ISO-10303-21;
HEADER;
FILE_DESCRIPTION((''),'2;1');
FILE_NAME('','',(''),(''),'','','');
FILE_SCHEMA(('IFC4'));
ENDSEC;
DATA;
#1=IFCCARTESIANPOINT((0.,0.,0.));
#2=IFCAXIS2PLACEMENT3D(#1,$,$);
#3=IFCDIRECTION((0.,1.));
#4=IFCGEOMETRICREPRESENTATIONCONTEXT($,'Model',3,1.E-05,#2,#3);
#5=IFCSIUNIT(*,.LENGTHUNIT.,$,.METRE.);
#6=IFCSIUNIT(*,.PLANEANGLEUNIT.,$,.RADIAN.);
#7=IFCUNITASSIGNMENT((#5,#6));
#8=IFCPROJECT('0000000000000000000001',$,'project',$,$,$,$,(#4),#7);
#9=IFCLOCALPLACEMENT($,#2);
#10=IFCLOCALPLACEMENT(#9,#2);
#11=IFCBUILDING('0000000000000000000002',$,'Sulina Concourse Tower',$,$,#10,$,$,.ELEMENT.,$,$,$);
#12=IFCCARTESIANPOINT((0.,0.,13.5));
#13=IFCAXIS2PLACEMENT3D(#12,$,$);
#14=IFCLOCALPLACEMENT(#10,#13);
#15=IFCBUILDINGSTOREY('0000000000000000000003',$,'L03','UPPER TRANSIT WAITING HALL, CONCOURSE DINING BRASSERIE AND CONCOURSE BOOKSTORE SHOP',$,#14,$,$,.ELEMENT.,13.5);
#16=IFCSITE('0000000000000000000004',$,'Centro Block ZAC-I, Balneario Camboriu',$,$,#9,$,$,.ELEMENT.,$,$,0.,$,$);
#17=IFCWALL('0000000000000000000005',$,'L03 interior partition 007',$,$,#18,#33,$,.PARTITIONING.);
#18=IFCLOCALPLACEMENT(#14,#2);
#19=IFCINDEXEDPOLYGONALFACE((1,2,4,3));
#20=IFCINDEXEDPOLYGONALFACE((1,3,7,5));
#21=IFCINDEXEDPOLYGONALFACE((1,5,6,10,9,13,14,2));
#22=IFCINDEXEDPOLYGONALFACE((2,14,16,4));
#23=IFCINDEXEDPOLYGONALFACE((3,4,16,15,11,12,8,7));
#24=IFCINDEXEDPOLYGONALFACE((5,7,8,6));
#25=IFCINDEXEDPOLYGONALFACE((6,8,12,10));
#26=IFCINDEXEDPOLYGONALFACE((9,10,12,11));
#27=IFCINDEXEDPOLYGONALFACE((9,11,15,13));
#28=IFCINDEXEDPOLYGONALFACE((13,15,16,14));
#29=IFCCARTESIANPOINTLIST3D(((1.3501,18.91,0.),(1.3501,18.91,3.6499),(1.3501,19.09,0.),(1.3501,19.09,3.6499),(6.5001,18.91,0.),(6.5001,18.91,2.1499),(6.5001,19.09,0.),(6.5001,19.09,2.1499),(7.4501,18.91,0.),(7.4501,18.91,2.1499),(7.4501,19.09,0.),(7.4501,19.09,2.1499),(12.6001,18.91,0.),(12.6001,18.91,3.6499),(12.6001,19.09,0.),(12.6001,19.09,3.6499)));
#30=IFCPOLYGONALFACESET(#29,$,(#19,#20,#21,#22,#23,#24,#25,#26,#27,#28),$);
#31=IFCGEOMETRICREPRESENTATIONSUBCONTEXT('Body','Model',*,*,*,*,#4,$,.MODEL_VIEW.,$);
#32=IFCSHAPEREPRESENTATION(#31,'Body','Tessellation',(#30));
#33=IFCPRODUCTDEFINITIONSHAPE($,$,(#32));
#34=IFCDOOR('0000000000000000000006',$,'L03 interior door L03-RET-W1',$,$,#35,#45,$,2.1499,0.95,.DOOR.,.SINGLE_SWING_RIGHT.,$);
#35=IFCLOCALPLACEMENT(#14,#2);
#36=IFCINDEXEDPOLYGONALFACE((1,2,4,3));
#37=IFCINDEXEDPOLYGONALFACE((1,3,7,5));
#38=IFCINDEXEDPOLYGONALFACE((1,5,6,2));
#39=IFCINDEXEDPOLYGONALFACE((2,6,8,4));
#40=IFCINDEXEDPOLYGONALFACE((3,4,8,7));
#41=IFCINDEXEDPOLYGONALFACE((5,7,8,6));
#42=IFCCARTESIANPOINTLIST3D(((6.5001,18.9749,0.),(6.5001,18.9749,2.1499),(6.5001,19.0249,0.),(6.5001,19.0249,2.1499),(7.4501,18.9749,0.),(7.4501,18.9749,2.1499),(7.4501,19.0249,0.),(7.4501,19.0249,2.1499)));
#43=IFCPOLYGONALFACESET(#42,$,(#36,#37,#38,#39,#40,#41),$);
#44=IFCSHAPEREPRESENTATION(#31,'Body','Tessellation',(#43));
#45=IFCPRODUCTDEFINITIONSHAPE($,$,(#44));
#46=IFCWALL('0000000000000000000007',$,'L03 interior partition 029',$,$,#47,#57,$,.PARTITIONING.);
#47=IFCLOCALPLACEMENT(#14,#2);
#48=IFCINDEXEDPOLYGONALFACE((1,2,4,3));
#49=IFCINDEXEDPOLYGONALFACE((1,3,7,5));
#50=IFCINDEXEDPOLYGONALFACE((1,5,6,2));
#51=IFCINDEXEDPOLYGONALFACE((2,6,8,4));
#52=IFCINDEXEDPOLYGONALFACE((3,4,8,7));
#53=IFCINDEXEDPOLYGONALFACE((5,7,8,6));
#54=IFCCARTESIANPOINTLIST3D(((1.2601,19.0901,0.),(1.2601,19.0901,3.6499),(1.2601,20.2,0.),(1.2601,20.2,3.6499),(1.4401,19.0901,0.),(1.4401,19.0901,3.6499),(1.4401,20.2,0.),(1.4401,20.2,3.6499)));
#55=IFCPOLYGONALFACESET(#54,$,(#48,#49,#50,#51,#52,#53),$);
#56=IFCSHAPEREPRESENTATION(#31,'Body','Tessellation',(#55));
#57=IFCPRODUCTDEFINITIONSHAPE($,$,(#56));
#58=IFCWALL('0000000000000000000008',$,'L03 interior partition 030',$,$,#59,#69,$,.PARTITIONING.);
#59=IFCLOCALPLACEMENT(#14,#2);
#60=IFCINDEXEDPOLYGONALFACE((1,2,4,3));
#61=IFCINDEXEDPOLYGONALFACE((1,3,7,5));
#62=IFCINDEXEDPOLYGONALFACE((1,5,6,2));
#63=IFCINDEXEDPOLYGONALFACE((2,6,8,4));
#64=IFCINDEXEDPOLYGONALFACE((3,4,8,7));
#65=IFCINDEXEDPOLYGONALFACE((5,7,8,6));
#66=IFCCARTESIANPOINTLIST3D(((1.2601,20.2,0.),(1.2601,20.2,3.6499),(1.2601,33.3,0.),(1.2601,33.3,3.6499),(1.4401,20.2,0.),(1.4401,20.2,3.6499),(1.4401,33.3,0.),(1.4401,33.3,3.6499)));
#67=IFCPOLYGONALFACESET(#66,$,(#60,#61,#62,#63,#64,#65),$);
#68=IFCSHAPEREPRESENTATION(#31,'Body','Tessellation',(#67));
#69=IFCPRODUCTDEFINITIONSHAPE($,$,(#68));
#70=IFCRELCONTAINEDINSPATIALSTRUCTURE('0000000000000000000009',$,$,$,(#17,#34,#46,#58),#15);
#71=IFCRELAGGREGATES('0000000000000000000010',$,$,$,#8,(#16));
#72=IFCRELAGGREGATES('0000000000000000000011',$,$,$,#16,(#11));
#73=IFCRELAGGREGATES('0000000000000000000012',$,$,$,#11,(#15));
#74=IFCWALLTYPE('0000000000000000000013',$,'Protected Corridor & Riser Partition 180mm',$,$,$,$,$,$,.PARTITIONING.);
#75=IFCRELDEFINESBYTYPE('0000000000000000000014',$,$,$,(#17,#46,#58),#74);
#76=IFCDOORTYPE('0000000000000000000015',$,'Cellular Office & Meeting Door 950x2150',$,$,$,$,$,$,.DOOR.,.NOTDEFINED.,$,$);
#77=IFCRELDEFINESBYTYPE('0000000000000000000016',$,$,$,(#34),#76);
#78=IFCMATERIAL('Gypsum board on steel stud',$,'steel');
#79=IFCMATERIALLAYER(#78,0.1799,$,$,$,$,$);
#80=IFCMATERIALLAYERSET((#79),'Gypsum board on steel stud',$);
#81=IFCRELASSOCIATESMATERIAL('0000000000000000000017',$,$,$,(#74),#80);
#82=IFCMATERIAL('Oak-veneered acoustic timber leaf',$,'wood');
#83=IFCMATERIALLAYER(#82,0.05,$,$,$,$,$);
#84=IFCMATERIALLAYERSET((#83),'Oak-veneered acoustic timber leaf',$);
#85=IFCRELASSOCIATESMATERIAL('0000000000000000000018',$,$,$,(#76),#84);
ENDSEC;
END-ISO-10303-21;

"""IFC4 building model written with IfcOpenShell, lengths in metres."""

from ifc_helpers import new_model, si_unit, direction, frame, frame_2d, origin, place, context, subcontext, project, spatial, rectangle, extrude, material, layer, layer_set, type_object, element, fill, save


model = new_model("IFC4")

# Units and contexts
model_context = context("Model", 3, precision=1e-05, world=origin(), true_north=direction((0.0, 1.0)))
body_context = subcontext(model_context, "Body", "Model", "MODEL_VIEW")
ifc_project = project(units=[si_unit("LENGTHUNIT", "METRE"), si_unit("PLANEANGLEUNIT", "RADIAN")], contexts=[model_context])

# Site, building, storey
site_placement = place(None, origin())
site = spatial("IfcSite", under=ifc_project, at=site_placement, Name="Centro Block ZAC-I, Balneario Camboriu", CompositionType="ELEMENT", RefElevation=0.0)
building_placement = place(site_placement, origin())
building = spatial("IfcBuilding", under=site, at=building_placement, Name="Sulina Concourse Tower", CompositionType="ELEMENT")
storey_placement = place(building_placement, frame((0.0, 0.0, 13.5)))
storey = spatial("IfcBuildingStorey", under=building, at=storey_placement, Name="L03", Description="UPPER TRANSIT WAITING HALL, CONCOURSE DINING BRASSERIE AND CONCOURSE BOOKSTORE SHOP", CompositionType="ELEMENT", Elevation=13.5)

# Wall, opening, door
ifc_material_1 = material(Name="Gypsum board on steel stud", Category="steel")
ifc_layer_1 = layer(ifc_material_1, 0.1799)
ifc_layer_set_1 = layer_set([ifc_layer_1], Name="Gypsum board on steel stud")
wall_type_1 = type_object("IfcWallType", Name="Protected Corridor & Riser Partition 180mm", PredefinedType="PARTITIONING", material=ifc_layer_set_1)
wall_1_placement = place(storey_placement, frame((1.3501, 19.0, 0.0), z_axis=(0.0, 0.0, 1.0), x_axis=(1.0, 0.0, 0.0)))
wall_1 = element("IfcWall", 1, at=wall_1_placement, inside=storey, type_object=wall_type_1, Name="L03 interior partition 007", PredefinedType="PARTITIONING", context=body_context, shape_type="SweptSolid", body=[
    extrude(rectangle(XDim=11.25, YDim=0.1799, at=frame_2d((5.625, 0.0))), origin(), (0.0, 0.0, 1.0), 3.6499),
])
opening_1_placement = place(wall_1_placement, frame((5.1499, 0.0, 0.0)))
opening_1 = element("IfcOpeningElement", 2, at=opening_1_placement, cuts=wall_1, PredefinedType="OPENING", context=body_context, shape_type="SweptSolid", body=[
    extrude(rectangle(XDim=0.95, YDim=2.1499, at=frame_2d((0.4751, 1.075))), frame((0.0, 0.0999, 0.0), z_axis=(0.0, -1.0, 0.0), x_axis=(1.0, 0.0, 0.0)), (0.0, 0.0, 1.0), 0.2),
])
ifc_material_2 = material(Name="Oak-veneered acoustic timber leaf", Category="wood")
ifc_layer_2 = layer(ifc_material_2, 0.05)
ifc_layer_set_2 = layer_set([ifc_layer_2], Name="Oak-veneered acoustic timber leaf")
door_type_1 = type_object("IfcDoorType", Name="Cellular Office & Meeting Door 950x2150", OperationType="NOTDEFINED", PredefinedType="DOOR", material=ifc_layer_set_2)
door_1_placement = place(opening_1_placement, origin())
door_1 = element("IfcDoor", 3, at=door_1_placement, inside=storey, type_object=door_type_1, Name="L03 interior door L03-RET-W1", OperationType="SINGLE_SWING_RIGHT", OverallHeight=2.1499, OverallWidth=0.95, PredefinedType="DOOR", context=body_context, shape_type="SweptSolid", body=[
    extrude(rectangle(XDim=0.95, YDim=2.1499, at=frame_2d((0.4751, 1.075))), frame((0.0, 0.0249, 0.0), z_axis=(0.0, -1.0, 0.0), x_axis=(1.0, 0.0, 0.0)), (0.0, 0.0, 1.0), 0.05),
])
fill(opening_1, door_1)

# Walls
wall_2_placement = place(storey_placement, frame((1.3501, 19.0901, 0.0), z_axis=(0.0, 0.0, 1.0), x_axis=(0.0, 1.0, 0.0)))
element("IfcWall", 4, at=wall_2_placement, inside=storey, type_object=wall_type_1, Name="L03 interior partition 029", PredefinedType="PARTITIONING", context=body_context, shape_type="SweptSolid", body=[
    extrude(rectangle(XDim=1.1099, YDim=0.1799, at=frame_2d((0.5549, 0.0))), origin(), (0.0, 0.0, 1.0), 3.6499),
])
wall_3_placement = place(storey_placement, frame((1.3501, 20.2, 0.0), z_axis=(0.0, 0.0, 1.0), x_axis=(0.0, 1.0, 0.0)))
element("IfcWall", 5, at=wall_3_placement, inside=storey, type_object=wall_type_1, Name="L03 interior partition 030", PredefinedType="PARTITIONING", context=body_context, shape_type="SweptSolid", body=[
    extrude(rectangle(XDim=13.1001, YDim=0.1799, at=frame_2d((6.55, 0.0))), origin(), (0.0, 0.0, 1.0), 3.6499),
])

save(model, "model.ifc")
